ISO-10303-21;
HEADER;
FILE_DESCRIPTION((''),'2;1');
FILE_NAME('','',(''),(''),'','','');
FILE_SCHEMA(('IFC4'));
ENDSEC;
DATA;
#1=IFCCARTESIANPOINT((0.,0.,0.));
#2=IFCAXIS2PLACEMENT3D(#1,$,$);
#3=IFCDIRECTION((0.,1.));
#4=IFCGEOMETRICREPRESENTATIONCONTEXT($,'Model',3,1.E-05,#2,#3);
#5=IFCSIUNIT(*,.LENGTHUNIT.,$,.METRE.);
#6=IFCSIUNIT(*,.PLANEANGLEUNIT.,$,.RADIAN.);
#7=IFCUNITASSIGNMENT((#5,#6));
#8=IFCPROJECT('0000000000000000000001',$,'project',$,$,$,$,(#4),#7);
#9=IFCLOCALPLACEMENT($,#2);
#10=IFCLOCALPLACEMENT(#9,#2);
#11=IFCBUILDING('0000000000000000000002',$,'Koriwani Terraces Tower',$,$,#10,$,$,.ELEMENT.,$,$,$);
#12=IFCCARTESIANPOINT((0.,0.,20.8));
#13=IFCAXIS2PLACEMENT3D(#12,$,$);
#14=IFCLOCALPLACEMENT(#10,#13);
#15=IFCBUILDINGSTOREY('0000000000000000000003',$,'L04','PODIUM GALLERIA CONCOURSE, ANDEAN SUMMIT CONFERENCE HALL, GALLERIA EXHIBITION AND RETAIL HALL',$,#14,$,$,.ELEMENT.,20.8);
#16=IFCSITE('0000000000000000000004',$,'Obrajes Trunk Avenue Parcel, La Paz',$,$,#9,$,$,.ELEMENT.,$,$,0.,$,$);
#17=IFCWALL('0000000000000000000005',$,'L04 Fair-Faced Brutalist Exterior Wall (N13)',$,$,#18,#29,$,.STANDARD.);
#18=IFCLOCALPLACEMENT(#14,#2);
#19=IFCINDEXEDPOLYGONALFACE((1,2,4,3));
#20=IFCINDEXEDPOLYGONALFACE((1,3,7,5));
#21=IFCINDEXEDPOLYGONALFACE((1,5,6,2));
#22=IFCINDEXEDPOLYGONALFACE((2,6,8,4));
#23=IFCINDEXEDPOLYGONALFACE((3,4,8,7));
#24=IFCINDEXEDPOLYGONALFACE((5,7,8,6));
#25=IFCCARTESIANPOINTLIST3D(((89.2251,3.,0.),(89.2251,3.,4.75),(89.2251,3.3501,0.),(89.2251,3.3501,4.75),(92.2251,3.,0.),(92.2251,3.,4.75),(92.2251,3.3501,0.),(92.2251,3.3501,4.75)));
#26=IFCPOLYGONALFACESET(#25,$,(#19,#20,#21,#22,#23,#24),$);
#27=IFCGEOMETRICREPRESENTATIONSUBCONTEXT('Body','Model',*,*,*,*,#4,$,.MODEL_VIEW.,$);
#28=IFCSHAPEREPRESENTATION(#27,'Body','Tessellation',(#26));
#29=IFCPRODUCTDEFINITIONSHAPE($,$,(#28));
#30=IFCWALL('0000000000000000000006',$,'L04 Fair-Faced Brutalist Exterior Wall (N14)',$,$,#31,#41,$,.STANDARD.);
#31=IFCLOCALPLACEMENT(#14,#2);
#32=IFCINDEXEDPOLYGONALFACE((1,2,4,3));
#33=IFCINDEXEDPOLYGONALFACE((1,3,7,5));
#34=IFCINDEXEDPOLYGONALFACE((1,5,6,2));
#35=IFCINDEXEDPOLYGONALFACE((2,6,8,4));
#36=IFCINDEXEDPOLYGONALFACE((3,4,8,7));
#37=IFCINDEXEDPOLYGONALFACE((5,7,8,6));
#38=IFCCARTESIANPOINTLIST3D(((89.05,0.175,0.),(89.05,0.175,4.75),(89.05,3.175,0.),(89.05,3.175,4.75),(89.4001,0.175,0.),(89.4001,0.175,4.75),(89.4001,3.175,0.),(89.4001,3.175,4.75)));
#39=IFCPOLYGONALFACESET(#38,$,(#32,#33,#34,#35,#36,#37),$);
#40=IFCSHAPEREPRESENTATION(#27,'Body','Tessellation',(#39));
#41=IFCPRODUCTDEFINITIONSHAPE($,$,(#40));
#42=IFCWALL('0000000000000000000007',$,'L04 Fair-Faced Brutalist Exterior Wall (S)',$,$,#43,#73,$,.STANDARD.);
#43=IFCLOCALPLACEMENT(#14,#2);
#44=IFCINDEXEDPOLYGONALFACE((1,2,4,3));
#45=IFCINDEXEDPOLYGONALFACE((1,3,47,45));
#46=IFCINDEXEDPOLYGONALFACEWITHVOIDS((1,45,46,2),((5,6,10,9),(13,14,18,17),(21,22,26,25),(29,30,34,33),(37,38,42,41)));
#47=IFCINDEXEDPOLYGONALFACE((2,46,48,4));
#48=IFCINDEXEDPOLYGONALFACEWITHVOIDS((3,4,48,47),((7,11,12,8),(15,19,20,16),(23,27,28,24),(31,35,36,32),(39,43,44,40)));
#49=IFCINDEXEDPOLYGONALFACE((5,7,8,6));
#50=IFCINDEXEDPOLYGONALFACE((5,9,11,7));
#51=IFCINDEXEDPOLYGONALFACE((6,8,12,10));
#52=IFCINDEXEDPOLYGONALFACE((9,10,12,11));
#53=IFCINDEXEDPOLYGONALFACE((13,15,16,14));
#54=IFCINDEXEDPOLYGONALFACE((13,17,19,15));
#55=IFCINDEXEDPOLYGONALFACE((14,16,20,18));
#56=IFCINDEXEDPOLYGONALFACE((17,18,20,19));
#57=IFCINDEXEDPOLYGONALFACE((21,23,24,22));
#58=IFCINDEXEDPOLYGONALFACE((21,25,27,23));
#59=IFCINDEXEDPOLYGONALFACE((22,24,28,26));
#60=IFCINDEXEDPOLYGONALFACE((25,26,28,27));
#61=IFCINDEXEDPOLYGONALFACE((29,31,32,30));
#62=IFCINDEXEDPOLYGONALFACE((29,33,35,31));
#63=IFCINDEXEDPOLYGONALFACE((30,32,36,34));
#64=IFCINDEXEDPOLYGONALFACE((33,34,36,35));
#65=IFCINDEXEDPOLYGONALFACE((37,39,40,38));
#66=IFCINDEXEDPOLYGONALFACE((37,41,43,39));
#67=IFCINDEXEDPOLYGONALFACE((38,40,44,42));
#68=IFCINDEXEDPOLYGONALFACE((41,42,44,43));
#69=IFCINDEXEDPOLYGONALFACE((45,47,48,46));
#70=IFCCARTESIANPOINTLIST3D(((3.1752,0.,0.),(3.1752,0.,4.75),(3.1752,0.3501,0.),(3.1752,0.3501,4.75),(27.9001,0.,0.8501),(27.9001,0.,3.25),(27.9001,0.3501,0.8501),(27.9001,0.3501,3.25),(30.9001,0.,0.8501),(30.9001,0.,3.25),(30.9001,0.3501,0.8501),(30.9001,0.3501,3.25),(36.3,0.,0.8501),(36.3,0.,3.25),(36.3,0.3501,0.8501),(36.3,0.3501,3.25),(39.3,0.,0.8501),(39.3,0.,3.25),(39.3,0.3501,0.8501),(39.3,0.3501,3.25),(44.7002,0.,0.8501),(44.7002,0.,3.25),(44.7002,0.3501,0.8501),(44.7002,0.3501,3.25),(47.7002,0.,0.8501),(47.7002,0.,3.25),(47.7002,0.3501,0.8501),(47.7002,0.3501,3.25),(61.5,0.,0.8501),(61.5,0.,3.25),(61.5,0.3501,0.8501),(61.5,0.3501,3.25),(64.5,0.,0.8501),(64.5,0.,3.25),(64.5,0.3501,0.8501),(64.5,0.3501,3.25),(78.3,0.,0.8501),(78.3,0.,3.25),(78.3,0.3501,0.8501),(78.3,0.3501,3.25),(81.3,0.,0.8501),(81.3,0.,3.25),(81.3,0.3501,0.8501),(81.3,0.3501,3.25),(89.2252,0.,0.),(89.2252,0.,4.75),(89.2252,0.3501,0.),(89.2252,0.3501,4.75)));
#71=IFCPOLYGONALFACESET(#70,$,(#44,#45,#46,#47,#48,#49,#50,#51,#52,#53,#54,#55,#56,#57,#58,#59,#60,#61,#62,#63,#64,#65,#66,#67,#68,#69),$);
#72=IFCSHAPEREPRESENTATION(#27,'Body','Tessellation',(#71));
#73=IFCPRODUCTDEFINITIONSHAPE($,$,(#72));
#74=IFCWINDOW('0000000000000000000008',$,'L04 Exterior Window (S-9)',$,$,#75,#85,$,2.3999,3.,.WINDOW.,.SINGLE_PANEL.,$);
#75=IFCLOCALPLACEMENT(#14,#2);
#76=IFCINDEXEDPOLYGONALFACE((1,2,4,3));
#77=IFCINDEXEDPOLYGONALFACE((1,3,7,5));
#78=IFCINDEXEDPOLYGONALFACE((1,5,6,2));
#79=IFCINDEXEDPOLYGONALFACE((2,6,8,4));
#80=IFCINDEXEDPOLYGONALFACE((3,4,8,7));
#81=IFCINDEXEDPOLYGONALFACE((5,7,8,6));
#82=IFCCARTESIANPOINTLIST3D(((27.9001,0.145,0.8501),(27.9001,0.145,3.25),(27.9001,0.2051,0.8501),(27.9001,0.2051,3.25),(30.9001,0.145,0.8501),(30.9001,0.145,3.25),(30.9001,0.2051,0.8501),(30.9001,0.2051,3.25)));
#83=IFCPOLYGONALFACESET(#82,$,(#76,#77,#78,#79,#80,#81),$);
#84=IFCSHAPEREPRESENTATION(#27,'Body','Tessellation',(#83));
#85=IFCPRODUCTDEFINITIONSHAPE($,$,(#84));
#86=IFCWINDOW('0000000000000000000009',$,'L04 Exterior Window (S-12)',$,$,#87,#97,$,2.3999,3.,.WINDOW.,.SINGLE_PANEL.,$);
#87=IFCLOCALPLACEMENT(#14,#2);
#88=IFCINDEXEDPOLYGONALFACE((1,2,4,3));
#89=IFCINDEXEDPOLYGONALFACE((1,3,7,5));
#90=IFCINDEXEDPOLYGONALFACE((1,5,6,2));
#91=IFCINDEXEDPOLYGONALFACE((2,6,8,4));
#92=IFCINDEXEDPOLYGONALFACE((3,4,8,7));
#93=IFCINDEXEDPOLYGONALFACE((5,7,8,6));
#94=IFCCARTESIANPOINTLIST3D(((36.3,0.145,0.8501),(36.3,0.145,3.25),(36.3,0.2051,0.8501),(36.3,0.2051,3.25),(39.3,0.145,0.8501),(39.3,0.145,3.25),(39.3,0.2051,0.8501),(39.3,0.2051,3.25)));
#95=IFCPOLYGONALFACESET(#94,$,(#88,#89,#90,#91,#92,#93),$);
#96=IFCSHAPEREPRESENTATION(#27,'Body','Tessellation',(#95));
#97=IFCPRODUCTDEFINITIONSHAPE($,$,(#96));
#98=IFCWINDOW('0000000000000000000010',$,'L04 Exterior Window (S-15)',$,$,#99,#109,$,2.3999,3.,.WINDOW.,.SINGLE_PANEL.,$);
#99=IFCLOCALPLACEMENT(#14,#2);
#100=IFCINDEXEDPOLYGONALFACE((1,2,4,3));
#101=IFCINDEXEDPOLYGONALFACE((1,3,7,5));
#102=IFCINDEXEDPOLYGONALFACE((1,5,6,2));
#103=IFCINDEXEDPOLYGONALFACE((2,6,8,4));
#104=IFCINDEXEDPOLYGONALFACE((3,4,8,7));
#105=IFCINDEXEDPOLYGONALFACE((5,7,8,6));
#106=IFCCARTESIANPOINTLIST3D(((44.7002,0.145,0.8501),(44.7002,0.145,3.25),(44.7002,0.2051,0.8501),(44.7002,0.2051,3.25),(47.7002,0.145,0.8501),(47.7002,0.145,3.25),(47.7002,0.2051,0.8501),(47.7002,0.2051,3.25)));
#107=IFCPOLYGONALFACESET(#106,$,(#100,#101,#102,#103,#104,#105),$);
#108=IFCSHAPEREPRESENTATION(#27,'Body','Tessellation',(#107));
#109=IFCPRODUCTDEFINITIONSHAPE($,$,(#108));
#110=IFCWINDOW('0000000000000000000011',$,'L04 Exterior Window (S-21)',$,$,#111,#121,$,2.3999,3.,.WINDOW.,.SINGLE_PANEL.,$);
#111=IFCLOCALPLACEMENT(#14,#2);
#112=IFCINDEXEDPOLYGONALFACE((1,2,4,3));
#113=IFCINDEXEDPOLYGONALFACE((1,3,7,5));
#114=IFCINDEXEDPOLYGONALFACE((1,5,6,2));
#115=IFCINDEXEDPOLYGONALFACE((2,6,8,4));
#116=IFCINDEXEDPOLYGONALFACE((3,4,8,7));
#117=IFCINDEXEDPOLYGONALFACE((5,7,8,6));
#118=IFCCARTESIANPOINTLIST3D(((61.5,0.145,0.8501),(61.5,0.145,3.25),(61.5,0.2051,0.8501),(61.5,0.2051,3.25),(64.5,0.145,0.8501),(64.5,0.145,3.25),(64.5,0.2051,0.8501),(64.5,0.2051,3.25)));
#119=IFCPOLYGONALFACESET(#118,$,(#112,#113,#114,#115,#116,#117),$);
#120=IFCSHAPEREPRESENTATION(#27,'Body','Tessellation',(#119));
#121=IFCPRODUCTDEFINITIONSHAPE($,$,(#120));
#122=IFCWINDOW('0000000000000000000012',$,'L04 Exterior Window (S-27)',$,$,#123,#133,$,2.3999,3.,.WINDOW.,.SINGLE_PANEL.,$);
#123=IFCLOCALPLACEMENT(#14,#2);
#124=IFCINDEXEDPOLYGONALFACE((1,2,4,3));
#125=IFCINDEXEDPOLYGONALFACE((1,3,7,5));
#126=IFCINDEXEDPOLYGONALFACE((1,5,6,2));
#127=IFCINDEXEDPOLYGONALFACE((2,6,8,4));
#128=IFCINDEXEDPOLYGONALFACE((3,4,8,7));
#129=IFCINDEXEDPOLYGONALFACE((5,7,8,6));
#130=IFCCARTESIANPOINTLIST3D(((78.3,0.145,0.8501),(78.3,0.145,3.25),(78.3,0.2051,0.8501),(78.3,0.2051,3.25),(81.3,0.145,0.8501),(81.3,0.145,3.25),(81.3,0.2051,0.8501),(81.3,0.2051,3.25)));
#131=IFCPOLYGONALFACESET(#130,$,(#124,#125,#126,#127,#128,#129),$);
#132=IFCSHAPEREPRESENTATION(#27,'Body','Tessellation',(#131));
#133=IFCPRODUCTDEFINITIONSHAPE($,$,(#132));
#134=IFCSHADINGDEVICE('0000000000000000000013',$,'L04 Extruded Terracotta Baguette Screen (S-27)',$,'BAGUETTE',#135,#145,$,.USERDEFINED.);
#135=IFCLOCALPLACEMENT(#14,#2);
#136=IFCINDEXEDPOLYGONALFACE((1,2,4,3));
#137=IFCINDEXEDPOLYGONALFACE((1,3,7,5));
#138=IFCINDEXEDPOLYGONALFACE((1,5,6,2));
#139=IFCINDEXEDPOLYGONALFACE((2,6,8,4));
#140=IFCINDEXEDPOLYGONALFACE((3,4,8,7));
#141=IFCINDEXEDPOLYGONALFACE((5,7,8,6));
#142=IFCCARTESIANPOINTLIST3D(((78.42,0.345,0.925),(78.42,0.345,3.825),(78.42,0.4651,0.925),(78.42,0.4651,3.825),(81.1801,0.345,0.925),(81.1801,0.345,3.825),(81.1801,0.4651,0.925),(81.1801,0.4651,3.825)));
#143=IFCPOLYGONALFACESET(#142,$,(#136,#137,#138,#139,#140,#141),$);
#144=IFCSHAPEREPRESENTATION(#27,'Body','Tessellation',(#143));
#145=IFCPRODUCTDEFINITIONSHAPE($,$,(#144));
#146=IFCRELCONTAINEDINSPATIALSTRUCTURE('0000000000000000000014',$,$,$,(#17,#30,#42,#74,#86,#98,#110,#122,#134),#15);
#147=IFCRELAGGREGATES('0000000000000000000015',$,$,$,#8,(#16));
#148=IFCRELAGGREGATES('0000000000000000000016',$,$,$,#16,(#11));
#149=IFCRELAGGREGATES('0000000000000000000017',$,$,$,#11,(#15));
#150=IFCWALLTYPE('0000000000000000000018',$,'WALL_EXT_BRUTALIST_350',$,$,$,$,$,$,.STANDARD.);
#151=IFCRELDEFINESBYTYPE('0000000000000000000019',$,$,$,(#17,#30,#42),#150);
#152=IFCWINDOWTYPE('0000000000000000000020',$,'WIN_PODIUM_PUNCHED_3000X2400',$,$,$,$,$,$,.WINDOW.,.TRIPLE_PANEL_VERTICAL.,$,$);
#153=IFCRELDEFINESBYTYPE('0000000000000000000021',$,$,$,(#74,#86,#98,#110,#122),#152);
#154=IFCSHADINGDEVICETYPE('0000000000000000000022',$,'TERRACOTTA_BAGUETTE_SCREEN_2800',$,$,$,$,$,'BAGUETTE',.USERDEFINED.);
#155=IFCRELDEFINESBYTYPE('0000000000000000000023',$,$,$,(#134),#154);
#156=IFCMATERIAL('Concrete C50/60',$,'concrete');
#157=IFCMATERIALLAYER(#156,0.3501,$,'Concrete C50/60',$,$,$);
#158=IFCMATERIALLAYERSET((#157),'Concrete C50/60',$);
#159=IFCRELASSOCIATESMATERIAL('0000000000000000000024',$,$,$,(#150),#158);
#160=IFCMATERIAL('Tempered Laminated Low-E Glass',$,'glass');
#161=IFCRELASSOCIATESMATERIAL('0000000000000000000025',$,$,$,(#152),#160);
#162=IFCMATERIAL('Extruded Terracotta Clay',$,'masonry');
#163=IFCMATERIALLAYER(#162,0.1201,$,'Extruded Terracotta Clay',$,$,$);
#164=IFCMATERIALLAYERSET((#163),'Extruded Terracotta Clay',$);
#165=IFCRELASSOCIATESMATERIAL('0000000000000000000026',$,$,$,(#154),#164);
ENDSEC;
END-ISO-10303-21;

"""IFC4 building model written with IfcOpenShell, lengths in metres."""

from ifc_helpers import new_model, si_unit, direction, frame, frame_2d, origin, origin_2d, place, context, subcontext, project, spatial, rectangle, extrude, material, layer, layer_set, type_object, element, fill, save


model = new_model("IFC4")

# Units and contexts
model_context = context("Model", 3, precision=1e-05, world=origin(), true_north=direction((0.0, 1.0)))
body_context = subcontext(model_context, "Body", "Model", "MODEL_VIEW")
ifc_project = project(units=[si_unit("LENGTHUNIT", "METRE"), si_unit("PLANEANGLEUNIT", "RADIAN")], contexts=[model_context])

# Site, building, storey
site_placement = place(None, origin())
site = spatial("IfcSite", under=ifc_project, at=site_placement, Name="Obrajes Trunk Avenue Parcel, La Paz", CompositionType="ELEMENT", RefElevation=0.0)
building_placement = place(site_placement, origin())
building = spatial("IfcBuilding", under=site, at=building_placement, Name="Koriwani Terraces Tower", CompositionType="ELEMENT")
storey_placement = place(building_placement, frame((0.0, 0.0, 20.8)))
storey = spatial("IfcBuildingStorey", under=building, at=storey_placement, Name="L04", Description="PODIUM GALLERIA CONCOURSE, ANDEAN SUMMIT CONFERENCE HALL, GALLERIA EXHIBITION AND RETAIL HALL", CompositionType="ELEMENT", Elevation=20.8)

# Shared definitions
ifc_material_1 = material(Name="Tempered Laminated Low-E Glass", Category="glass")

# Walls
ifc_material_2 = material(Name="Concrete C50/60", Category="concrete")
ifc_layer_1 = layer(ifc_material_2, 0.3501, Name="Concrete C50/60")
ifc_layer_set_1 = layer_set([ifc_layer_1], Name="Concrete C50/60")
wall_type_1 = type_object("IfcWallType", Name="WALL_EXT_BRUTALIST_350", PredefinedType="STANDARD", material=ifc_layer_set_1)
for number, where, z_axis, x_axis, name in (
    (1, (92.2251, 3.175, 0.0), (0.0, 0.0, 1.0), (-1.0, 0.0, 0.0), "L04 Fair-Faced Brutalist Exterior Wall (N13)"),
    (2, (89.2251, 3.175, 0.0), (0.0, 0.0, 1.0), (0.0, -1.0, 0.0), "L04 Fair-Faced Brutalist Exterior Wall (N14)"),
):
    element("IfcWall", number, at=place(storey_placement, frame(where, z_axis=z_axis, x_axis=x_axis)), inside=storey, type_object=wall_type_1, Name=name, PredefinedType="STANDARD", context=body_context, shape_type="SweptSolid", body=[
        extrude(rectangle(XDim=3.0, YDim=0.3501, at=frame_2d((1.5, 0.0))), origin(), (0.0, 0.0, 1.0), 4.75),
    ])

# Wall, openings, windows
wall_1_placement = place(storey_placement, frame((89.2251, 0.175, 0.0), z_axis=(0.0, 0.0, 1.0), x_axis=(-1.0, 0.0, 0.0)))
wall_1 = element("IfcWall", 3, at=wall_1_placement, inside=storey, type_object=wall_type_1, Name="L04 Fair-Faced Brutalist Exterior Wall (S)", PredefinedType="STANDARD", context=body_context, shape_type="SweptSolid", body=[
    extrude(rectangle(XDim=86.05, YDim=0.3501, at=frame_2d((43.0249, 0.0))), origin(), (0.0, 0.0, 1.0), 4.75),
])
opening_1_placement = place(wall_1_placement, frame((58.325, 0.0, 0.8501)))
opening_1 = element("IfcOpeningElement", 4, at=opening_1_placement, cuts=wall_1, PredefinedType="OPENING", context=body_context, shape_type="SweptSolid", body=[
    extrude(rectangle(XDim=3.0, YDim=2.3999, at=frame_2d((1.5, 1.2))), frame((0.0, 0.1851, 0.0), z_axis=(0.0, -1.0, 0.0), x_axis=(1.0, 0.0, 0.0)), (0.0, 0.0, 1.0), 0.3701),
])
opening_2_placement = place(wall_1_placement, frame((49.925, 0.0, 0.8501)))
opening_2 = element("IfcOpeningElement", 5, at=opening_2_placement, cuts=wall_1, PredefinedType="OPENING", context=body_context, shape_type="SweptSolid", body=[
    extrude(rectangle(XDim=3.0, YDim=2.3999, at=frame_2d((1.5, 1.2))), frame((0.0, 0.1851, 0.0), z_axis=(0.0, -1.0, 0.0), x_axis=(1.0, 0.0, 0.0)), (0.0, 0.0, 1.0), 0.3701),
])
opening_3_placement = place(wall_1_placement, frame((41.5249, 0.0, 0.8501)))
opening_3 = element("IfcOpeningElement", 6, at=opening_3_placement, cuts=wall_1, PredefinedType="OPENING", context=body_context, shape_type="SweptSolid", body=[
    extrude(rectangle(XDim=3.0, YDim=2.3999, at=frame_2d((1.5, 1.2))), frame((0.0, 0.1851, 0.0), z_axis=(0.0, -1.0, 0.0), x_axis=(1.0, 0.0, 0.0)), (0.0, 0.0, 1.0), 0.3701),
])
opening_4_placement = place(wall_1_placement, frame((24.7251, 0.0, 0.8501)))
opening_4 = element("IfcOpeningElement", 7, at=opening_4_placement, cuts=wall_1, PredefinedType="OPENING", context=body_context, shape_type="SweptSolid", body=[
    extrude(rectangle(XDim=3.0, YDim=2.3999, at=frame_2d((1.5, 1.2))), frame((0.0, 0.1851, 0.0), z_axis=(0.0, -1.0, 0.0), x_axis=(1.0, 0.0, 0.0)), (0.0, 0.0, 1.0), 0.3701),
])
opening_5_placement = place(wall_1_placement, frame((7.925, 0.0, 0.8501)))
opening_5 = element("IfcOpeningElement", 8, at=opening_5_placement, cuts=wall_1, PredefinedType="OPENING", context=body_context, shape_type="SweptSolid", body=[
    extrude(rectangle(XDim=3.0, YDim=2.3999, at=frame_2d((1.5, 1.2))), frame((0.0, 0.1851, 0.0), z_axis=(0.0, -1.0, 0.0), x_axis=(1.0, 0.0, 0.0)), (0.0, 0.0, 1.0), 0.3701),
])
window_type = type_object("IfcWindowType", Name="WIN_PODIUM_PUNCHED_3000X2400", PartitioningType="TRIPLE_PANEL_VERTICAL", PredefinedType="WINDOW", material=ifc_material_1)
window_1_placement = place(opening_1_placement, origin())
window_1 = element("IfcWindow", 9, at=window_1_placement, inside=storey, type_object=window_type, Name="L04 Exterior Window (S-9)", OverallHeight=2.3999, OverallWidth=3.0, PartitioningType="SINGLE_PANEL", PredefinedType="WINDOW", context=body_context, shape_type="SweptSolid", body=[
    extrude(rectangle(XDim=3.0, YDim=2.3999, at=frame_2d((1.5, 1.2))), frame((0.0, 0.03, 0.0), z_axis=(0.0, -1.0, 0.0), x_axis=(1.0, 0.0, 0.0)), (0.0, 0.0, 1.0), 0.0601),
])
fill(opening_1, window_1)
window_2_placement = place(opening_2_placement, origin())
window_2 = element("IfcWindow", 10, at=window_2_placement, inside=storey, type_object=window_type, Name="L04 Exterior Window (S-12)", OverallHeight=2.3999, OverallWidth=3.0, PartitioningType="SINGLE_PANEL", PredefinedType="WINDOW", context=body_context, shape_type="SweptSolid", body=[
    extrude(rectangle(XDim=3.0, YDim=2.3999, at=frame_2d((1.5, 1.2))), frame((0.0, 0.03, 0.0), z_axis=(0.0, -1.0, 0.0), x_axis=(1.0, 0.0, 0.0)), (0.0, 0.0, 1.0), 0.0601),
])
fill(opening_2, window_2)
window_3_placement = place(opening_3_placement, origin())
window_3 = element("IfcWindow", 11, at=window_3_placement, inside=storey, type_object=window_type, Name="L04 Exterior Window (S-15)", OverallHeight=2.3999, OverallWidth=3.0, PartitioningType="SINGLE_PANEL", PredefinedType="WINDOW", context=body_context, shape_type="SweptSolid", body=[
    extrude(rectangle(XDim=3.0, YDim=2.3999, at=frame_2d((1.5, 1.2))), frame((0.0, 0.03, 0.0), z_axis=(0.0, -1.0, 0.0), x_axis=(1.0, 0.0, 0.0)), (0.0, 0.0, 1.0), 0.0601),
])
fill(opening_3, window_3)
window_4_placement = place(opening_4_placement, origin())
window_4 = element("IfcWindow", 12, at=window_4_placement, inside=storey, type_object=window_type, Name="L04 Exterior Window (S-21)", OverallHeight=2.3999, OverallWidth=3.0, PartitioningType="SINGLE_PANEL", PredefinedType="WINDOW", context=body_context, shape_type="SweptSolid", body=[
    extrude(rectangle(XDim=3.0, YDim=2.3999, at=frame_2d((1.5, 1.2))), frame((0.0, 0.03, 0.0), z_axis=(0.0, -1.0, 0.0), x_axis=(1.0, 0.0, 0.0)), (0.0, 0.0, 1.0), 0.0601),
])
fill(opening_4, window_4)
window_5_placement = place(opening_5_placement, origin())
window_5 = element("IfcWindow", 13, at=window_5_placement, inside=storey, type_object=window_type, Name="L04 Exterior Window (S-27)", OverallHeight=2.3999, OverallWidth=3.0, PartitioningType="SINGLE_PANEL", PredefinedType="WINDOW", context=body_context, shape_type="SweptSolid", body=[
    extrude(rectangle(XDim=3.0, YDim=2.3999, at=frame_2d((1.5, 1.2))), frame((0.0, 0.03, 0.0), z_axis=(0.0, -1.0, 0.0), x_axis=(1.0, 0.0, 0.0)), (0.0, 0.0, 1.0), 0.0601),
])
fill(opening_5, window_5)

# Shading device
ifc_material_3 = material(Name="Extruded Terracotta Clay", Category="masonry")
ifc_layer_2 = layer(ifc_material_3, 0.1201, Name="Extruded Terracotta Clay")
ifc_layer_set_2 = layer_set([ifc_layer_2], Name="Extruded Terracotta Clay")
shading_device_type = type_object("IfcShadingDeviceType", Name="TERRACOTTA_BAGUETTE_SCREEN_2800", ElementType="BAGUETTE", PredefinedType="USERDEFINED", material=ifc_layer_set_2)
shading_device_placement = place(storey_placement, frame((79.8, 0.405, 0.925), z_axis=(0.0, 0.0, 1.0), x_axis=(-1.0, 0.0, 0.0)))
element("IfcShadingDevice", 14, at=shading_device_placement, inside=storey, type_object=shading_device_type, Name="L04 Extruded Terracotta Baguette Screen (S-27)", ObjectType="BAGUETTE", PredefinedType="USERDEFINED", context=body_context, shape_type="SweptSolid", body=[
    extrude(rectangle(XDim=2.76, YDim=0.1201, at=origin_2d()), origin(), (0.0, 0.0, 1.0), 2.8999),
])

save(model, "model.ifc")
